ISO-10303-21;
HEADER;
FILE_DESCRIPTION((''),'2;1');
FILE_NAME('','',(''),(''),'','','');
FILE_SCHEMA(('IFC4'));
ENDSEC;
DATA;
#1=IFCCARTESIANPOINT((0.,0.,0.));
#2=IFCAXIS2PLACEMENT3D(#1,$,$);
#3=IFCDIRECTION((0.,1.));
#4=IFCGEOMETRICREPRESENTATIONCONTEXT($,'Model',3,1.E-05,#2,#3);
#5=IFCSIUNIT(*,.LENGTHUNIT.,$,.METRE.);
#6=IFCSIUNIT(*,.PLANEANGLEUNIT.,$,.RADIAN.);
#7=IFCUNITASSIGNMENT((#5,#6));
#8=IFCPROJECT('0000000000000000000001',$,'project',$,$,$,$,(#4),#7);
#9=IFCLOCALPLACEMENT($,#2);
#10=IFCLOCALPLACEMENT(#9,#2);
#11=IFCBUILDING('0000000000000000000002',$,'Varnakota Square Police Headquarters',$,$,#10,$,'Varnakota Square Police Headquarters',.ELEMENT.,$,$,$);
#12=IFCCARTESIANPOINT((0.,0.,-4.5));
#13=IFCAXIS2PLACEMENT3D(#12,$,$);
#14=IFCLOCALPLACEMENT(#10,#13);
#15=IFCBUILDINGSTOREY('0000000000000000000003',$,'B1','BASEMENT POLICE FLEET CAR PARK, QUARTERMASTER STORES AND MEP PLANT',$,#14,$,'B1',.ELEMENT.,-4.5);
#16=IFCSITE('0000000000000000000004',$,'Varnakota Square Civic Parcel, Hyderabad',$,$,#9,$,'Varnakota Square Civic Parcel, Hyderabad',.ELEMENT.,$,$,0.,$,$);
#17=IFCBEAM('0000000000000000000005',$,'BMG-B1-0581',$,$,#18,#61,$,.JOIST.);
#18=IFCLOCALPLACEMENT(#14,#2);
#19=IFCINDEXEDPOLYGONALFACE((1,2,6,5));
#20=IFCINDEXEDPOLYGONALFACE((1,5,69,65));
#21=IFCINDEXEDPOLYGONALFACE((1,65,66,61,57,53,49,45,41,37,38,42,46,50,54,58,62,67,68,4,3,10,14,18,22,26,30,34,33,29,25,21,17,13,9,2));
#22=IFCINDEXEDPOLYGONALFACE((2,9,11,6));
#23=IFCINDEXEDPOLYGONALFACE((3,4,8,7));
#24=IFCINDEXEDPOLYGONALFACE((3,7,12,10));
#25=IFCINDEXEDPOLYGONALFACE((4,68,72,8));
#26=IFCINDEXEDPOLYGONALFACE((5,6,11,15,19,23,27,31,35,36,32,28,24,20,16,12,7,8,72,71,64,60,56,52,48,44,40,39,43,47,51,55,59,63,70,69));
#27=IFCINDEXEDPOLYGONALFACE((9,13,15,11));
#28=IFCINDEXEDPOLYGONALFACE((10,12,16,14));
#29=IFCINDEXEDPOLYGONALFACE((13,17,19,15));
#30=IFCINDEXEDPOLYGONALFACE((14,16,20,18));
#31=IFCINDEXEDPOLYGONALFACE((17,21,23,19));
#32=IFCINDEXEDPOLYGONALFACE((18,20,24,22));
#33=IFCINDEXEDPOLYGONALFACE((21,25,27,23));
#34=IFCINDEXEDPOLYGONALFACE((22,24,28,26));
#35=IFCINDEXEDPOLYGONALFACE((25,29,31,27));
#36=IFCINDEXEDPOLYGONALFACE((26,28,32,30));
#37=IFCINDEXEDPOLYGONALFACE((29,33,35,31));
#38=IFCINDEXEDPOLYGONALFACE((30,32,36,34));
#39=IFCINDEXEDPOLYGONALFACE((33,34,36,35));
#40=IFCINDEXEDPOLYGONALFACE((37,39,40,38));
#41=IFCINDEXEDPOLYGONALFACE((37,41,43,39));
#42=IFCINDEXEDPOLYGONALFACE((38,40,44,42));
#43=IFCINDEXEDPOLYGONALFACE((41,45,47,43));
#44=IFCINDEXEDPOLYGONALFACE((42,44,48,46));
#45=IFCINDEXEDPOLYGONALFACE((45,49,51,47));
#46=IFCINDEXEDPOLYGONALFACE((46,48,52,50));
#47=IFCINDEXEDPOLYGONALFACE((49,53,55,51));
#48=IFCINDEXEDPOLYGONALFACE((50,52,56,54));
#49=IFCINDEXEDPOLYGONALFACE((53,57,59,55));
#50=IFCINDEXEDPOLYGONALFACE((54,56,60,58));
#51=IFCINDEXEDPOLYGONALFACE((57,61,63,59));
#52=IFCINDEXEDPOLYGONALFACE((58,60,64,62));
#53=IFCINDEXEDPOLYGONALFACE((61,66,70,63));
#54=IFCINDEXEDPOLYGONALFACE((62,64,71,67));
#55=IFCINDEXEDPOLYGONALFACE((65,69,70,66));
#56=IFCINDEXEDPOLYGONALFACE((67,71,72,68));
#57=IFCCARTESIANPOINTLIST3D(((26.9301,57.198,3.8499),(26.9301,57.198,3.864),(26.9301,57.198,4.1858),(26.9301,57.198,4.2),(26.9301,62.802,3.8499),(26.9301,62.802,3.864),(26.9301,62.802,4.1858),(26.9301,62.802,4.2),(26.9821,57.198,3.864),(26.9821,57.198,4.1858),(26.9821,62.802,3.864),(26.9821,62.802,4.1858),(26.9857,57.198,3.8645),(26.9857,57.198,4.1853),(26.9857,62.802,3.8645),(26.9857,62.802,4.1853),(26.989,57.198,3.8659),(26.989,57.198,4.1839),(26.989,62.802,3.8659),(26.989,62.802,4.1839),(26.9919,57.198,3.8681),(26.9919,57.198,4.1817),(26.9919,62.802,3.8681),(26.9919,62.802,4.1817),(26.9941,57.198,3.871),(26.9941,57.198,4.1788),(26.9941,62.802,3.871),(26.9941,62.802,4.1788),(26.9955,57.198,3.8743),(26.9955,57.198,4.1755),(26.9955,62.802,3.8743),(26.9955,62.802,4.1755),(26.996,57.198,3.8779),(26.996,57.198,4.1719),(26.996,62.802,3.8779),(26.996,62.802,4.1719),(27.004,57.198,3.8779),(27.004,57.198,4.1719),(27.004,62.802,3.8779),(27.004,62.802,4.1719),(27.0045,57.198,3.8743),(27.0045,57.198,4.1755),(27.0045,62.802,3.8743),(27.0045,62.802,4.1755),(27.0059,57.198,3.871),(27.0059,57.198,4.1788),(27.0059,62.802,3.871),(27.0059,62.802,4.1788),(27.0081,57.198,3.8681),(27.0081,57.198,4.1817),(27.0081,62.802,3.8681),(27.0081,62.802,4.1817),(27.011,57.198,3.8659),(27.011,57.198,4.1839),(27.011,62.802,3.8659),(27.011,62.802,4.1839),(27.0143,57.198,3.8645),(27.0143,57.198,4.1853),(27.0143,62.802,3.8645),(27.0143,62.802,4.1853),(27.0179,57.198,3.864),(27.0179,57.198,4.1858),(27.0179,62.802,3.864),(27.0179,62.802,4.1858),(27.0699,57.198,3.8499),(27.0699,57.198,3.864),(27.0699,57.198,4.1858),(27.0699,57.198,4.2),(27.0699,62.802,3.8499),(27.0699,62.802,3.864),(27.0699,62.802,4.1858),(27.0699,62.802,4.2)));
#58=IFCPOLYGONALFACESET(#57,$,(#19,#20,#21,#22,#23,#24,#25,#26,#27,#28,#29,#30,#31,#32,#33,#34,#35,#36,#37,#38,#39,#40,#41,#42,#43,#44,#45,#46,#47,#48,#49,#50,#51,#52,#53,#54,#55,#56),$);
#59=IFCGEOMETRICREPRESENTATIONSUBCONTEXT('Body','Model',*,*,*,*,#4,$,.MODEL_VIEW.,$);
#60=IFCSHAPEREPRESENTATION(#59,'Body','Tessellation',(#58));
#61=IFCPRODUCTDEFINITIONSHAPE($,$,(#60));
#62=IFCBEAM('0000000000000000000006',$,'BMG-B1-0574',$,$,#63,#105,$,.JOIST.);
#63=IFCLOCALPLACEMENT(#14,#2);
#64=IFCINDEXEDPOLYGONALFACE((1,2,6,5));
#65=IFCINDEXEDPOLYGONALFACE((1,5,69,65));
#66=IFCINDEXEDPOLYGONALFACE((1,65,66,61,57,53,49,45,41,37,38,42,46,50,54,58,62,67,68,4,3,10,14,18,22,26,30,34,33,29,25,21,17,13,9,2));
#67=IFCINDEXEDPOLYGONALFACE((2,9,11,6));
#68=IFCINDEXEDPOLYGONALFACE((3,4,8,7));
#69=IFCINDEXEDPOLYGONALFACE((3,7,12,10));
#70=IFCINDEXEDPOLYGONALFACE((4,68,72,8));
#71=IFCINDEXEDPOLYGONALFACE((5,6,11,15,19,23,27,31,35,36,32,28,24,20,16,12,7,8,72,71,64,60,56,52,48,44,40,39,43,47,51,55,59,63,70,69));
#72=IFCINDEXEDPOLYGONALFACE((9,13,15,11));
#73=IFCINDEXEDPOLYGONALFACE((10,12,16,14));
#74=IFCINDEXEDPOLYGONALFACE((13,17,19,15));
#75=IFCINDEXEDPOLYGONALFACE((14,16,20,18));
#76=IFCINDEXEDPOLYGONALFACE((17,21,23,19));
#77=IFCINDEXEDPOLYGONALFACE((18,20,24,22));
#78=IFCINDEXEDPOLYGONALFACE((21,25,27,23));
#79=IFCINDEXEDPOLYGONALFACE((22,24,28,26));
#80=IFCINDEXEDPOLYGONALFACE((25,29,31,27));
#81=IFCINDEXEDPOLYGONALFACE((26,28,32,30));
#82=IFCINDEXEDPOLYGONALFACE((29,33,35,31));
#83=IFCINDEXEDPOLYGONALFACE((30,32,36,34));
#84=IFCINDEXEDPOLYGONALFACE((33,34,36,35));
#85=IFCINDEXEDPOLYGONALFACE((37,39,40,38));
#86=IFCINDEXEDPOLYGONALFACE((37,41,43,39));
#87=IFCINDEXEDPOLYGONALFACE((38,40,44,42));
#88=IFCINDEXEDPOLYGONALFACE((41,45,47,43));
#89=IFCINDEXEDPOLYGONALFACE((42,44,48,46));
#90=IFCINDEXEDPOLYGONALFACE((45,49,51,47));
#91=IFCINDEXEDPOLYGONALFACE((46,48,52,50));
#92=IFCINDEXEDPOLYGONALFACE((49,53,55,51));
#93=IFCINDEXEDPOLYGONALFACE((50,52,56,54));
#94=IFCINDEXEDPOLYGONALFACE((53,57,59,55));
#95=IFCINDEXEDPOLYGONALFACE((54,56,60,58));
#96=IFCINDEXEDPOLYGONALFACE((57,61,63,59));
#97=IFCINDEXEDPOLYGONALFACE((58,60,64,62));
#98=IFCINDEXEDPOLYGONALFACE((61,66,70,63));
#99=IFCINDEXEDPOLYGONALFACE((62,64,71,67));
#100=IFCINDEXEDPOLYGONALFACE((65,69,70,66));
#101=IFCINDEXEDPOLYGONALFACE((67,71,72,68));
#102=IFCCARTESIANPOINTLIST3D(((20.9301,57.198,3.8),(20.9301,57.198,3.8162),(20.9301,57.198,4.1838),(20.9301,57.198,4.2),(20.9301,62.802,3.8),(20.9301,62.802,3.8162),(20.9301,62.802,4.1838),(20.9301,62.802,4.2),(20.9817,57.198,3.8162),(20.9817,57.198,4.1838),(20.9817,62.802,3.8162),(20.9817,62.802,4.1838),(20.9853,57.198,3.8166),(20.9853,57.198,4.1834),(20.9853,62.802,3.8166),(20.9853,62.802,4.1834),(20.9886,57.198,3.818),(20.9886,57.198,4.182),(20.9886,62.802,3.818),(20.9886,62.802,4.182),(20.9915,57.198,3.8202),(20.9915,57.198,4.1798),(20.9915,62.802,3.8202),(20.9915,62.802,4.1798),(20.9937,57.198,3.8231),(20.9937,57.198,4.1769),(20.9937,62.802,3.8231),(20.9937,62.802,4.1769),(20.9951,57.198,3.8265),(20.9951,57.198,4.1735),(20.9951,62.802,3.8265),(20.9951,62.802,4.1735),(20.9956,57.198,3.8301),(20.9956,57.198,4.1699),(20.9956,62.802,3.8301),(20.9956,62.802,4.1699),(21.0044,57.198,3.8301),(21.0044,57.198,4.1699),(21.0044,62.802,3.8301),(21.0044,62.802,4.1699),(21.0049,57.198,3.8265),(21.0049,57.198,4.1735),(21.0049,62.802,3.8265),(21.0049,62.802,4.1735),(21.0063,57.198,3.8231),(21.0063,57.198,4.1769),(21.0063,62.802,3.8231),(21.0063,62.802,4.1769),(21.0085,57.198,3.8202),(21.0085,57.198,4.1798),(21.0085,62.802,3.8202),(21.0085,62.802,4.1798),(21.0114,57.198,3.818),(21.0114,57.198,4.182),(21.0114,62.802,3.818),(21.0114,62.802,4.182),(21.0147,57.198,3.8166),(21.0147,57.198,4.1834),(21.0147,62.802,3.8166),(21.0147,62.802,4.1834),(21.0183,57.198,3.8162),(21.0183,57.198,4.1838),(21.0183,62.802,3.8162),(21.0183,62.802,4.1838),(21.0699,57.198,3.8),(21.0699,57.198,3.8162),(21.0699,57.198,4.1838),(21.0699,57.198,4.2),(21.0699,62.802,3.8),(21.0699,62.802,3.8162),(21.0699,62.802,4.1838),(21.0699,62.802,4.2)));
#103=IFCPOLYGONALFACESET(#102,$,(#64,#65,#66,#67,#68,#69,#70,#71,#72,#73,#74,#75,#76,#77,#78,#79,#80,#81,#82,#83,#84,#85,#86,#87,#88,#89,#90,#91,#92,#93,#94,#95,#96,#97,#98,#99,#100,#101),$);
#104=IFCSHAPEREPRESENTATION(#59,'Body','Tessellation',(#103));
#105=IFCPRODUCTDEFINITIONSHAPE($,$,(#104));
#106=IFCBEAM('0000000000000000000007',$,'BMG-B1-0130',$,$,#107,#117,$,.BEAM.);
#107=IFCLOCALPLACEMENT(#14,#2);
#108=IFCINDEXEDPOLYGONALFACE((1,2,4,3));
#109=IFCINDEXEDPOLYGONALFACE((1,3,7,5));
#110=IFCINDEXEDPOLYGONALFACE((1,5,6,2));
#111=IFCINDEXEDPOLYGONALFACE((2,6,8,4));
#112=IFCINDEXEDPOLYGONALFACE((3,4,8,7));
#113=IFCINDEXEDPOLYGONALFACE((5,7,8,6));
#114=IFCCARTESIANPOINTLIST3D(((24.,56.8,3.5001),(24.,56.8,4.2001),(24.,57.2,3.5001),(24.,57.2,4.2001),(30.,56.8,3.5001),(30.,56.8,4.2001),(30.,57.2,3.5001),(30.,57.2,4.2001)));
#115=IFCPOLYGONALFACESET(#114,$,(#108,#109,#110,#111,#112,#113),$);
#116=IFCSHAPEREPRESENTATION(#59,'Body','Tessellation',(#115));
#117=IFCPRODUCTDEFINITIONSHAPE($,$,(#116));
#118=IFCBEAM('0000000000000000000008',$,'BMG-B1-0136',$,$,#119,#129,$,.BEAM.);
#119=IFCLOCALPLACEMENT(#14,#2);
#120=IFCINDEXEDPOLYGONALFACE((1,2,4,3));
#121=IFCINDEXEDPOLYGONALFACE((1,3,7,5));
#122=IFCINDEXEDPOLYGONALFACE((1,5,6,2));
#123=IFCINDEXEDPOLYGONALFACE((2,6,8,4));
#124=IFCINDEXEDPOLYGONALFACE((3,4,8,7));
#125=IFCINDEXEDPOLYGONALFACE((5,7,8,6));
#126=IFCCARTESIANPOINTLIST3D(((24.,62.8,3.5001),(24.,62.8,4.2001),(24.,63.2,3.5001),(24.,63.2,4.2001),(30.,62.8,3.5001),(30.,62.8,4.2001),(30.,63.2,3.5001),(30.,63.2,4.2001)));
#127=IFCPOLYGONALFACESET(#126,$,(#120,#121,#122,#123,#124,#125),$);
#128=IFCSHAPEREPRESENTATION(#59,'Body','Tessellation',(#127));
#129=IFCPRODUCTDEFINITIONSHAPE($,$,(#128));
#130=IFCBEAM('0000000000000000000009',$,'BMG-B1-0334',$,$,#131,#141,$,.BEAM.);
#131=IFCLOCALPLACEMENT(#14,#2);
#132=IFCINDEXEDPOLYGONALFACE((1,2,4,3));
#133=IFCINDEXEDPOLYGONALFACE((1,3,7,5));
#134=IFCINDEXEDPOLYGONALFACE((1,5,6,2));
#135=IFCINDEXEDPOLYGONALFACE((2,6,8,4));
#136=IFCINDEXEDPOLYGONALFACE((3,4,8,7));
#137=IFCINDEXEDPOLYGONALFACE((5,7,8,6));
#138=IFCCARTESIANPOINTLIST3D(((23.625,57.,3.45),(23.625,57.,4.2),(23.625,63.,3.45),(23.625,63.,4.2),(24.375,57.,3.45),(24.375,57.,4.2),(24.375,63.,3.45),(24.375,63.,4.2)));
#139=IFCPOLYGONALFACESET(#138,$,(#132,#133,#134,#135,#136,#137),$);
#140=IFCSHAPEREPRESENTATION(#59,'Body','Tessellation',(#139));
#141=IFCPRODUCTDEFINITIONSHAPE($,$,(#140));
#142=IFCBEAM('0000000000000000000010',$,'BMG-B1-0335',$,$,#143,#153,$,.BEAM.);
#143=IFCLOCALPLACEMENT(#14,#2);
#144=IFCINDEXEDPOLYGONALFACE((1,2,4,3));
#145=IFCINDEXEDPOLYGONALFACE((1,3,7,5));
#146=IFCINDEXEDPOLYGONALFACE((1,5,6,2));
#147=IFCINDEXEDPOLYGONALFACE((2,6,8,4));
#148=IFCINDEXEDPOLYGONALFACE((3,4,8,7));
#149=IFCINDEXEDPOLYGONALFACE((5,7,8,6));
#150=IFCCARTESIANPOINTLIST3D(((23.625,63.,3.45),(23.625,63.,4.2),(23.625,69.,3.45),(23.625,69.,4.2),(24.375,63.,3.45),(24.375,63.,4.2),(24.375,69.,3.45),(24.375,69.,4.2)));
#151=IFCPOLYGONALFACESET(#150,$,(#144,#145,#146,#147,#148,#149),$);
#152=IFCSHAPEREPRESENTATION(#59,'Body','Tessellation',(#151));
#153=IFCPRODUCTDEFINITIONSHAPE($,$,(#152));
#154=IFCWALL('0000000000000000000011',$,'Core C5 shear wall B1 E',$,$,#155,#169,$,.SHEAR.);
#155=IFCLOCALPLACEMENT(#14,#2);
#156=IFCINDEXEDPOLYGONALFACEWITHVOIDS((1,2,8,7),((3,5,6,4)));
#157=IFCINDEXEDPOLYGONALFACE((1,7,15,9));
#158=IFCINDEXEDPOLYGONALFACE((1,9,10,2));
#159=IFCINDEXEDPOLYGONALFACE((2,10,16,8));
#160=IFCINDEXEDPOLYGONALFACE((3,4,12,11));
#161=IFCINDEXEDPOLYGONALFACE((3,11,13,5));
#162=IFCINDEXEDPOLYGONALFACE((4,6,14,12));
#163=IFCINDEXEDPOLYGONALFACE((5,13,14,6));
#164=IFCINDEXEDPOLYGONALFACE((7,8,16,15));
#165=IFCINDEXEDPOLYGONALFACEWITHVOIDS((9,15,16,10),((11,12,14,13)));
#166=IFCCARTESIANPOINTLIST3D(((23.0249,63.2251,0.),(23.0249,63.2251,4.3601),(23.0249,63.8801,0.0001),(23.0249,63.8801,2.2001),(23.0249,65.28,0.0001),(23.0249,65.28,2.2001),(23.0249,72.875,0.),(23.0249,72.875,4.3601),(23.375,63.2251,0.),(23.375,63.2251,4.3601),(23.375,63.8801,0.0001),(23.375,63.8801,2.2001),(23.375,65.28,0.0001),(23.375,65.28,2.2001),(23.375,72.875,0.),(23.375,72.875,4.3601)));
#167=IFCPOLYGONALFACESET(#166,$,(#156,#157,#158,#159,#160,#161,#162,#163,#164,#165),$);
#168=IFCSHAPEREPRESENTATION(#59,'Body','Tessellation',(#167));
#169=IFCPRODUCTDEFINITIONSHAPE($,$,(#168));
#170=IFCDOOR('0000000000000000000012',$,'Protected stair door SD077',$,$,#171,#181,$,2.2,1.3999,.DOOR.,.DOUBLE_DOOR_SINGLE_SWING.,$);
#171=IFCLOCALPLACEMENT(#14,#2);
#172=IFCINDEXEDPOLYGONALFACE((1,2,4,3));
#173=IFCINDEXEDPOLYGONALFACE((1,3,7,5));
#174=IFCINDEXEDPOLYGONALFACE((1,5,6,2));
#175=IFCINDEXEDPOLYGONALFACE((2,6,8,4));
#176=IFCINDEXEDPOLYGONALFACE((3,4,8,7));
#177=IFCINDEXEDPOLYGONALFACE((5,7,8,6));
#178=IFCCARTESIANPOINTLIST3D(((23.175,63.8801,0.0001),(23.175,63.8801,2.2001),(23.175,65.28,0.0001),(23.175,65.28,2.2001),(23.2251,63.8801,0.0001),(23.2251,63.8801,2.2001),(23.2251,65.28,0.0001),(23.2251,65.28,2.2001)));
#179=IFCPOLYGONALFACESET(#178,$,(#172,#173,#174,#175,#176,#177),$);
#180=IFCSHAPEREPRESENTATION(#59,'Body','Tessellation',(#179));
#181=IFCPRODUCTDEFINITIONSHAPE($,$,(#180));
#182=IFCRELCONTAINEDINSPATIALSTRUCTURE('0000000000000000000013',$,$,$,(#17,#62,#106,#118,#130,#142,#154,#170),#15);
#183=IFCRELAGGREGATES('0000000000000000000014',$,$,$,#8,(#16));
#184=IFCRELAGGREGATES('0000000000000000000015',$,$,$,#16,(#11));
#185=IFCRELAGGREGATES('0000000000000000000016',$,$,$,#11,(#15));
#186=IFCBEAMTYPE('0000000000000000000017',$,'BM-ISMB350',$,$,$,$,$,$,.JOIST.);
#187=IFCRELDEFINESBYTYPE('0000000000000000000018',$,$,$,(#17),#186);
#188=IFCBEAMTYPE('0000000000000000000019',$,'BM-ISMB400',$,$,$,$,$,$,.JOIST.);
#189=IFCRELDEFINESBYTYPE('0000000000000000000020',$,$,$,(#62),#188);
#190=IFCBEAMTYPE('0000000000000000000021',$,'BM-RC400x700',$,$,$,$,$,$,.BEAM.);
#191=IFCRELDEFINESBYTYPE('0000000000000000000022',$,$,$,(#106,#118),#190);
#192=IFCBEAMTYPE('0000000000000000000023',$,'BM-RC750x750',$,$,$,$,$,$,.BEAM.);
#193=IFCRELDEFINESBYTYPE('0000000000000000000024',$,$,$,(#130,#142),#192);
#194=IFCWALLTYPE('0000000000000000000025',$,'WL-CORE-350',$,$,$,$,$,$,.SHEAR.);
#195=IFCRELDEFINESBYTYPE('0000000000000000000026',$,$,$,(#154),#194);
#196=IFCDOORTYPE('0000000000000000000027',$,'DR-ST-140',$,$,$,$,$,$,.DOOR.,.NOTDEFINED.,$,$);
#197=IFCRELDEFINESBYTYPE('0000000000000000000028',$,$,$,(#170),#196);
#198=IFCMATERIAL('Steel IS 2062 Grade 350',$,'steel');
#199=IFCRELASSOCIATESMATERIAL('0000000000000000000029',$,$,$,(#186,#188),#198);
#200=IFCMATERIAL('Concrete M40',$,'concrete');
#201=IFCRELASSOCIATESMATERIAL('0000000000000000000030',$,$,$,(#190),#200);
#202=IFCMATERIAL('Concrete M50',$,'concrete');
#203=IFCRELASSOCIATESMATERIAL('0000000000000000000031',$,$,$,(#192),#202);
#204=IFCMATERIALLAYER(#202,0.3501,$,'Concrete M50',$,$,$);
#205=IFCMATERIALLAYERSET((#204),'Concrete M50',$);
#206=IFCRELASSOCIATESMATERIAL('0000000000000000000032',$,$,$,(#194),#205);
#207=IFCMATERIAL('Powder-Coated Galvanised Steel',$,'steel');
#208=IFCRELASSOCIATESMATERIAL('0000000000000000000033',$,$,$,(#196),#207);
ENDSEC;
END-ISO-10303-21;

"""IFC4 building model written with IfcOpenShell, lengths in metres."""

from ifc_helpers import new_model, si_unit, direction, frame, frame_2d, origin, origin_2d, place, context, subcontext, project, spatial, rectangle, i_section, extrude, material, layer, layer_set, material_profile, profile_set, type_object, element, fill, save


model = new_model("IFC4")

# Units and contexts
model_context = context("Model", 3, precision=1e-05, world=origin(), true_north=direction((0.0, 1.0)))
body_context = subcontext(model_context, "Body", "Model", "MODEL_VIEW")
ifc_project = project(units=[si_unit("LENGTHUNIT", "METRE"), si_unit("PLANEANGLEUNIT", "RADIAN")], contexts=[model_context])

# Site, building, storey
site_placement = place(None, origin())
site = spatial("IfcSite", under=ifc_project, at=site_placement, Name="Varnakota Square Civic Parcel, Hyderabad", LongName="Varnakota Square Civic Parcel, Hyderabad", CompositionType="ELEMENT", RefElevation=0.0)
building_placement = place(site_placement, origin())
building = spatial("IfcBuilding", under=site, at=building_placement, Name="Varnakota Square Police Headquarters", LongName="Varnakota Square Police Headquarters", CompositionType="ELEMENT")
storey_placement = place(building_placement, frame((0.0, 0.0, -4.5)))
storey = spatial("IfcBuildingStorey", under=building, at=storey_placement, Name="B1", Description="BASEMENT POLICE FLEET CAR PARK, QUARTERMASTER STORES AND MEP PLANT", LongName="B1", CompositionType="ELEMENT", Elevation=-4.5)

# Shared definitions
ifc_material_1 = material(Name="Concrete M40", Category="concrete")
ifc_material_2 = material(Name="Concrete M50", Category="concrete")

# Beams
ifc_material_3 = material(Name="Steel IS 2062 Grade 350", Category="steel")
ifc_material_profile_1 = material_profile(ifc_material_3, i_section(OverallWidth=0.1399, OverallDepth=0.3501, WebThickness=0.0081, FlangeThickness=0.0142, FilletRadius=0.0139, at=origin_2d()), Name="ISMB 350")
ifc_profile_set_1 = profile_set([ifc_material_profile_1], Name="Steel IS 2062 Grade 350")
beam_type_1 = type_object("IfcBeamType", Name="BM-ISMB350", PredefinedType="JOIST", material=ifc_profile_set_1)
beam_1_placement = place(storey_placement, frame((27.0, 57.198, 4.0249), z_axis=(0.0, 1.0, 0.0), x_axis=(-1.0, 0.0, 0.0)))
element("IfcBeam", 1, at=beam_1_placement, inside=storey, type_object=beam_type_1, Name="BMG-B1-0581", PredefinedType="JOIST", context=body_context, shape_type="SweptSolid", body=[
    extrude(i_section(OverallWidth=0.1399, OverallDepth=0.3501, WebThickness=0.0081, FlangeThickness=0.0142, FilletRadius=0.0139, at=origin_2d()), origin(), (0.0, 0.0, 1.0), 5.604),
])
ifc_material_profile_2 = material_profile(ifc_material_3, i_section(OverallWidth=0.1399, OverallDepth=0.3999, WebThickness=0.0088, FlangeThickness=0.0161, FilletRadius=0.0139, at=origin_2d()), Name="ISMB 400")
ifc_profile_set_2 = profile_set([ifc_material_profile_2], Name="Steel IS 2062 Grade 350")
beam_type_2 = type_object("IfcBeamType", Name="BM-ISMB400", PredefinedType="JOIST", material=ifc_profile_set_2)
beam_2_placement = place(storey_placement, frame((21.0, 57.198, 4.0), z_axis=(0.0, 1.0, 0.0), x_axis=(-1.0, 0.0, 0.0)))
element("IfcBeam", 2, at=beam_2_placement, inside=storey, type_object=beam_type_2, Name="BMG-B1-0574", PredefinedType="JOIST", context=body_context, shape_type="SweptSolid", body=[
    extrude(i_section(OverallWidth=0.1399, OverallDepth=0.3999, WebThickness=0.0088, FlangeThickness=0.0161, FilletRadius=0.0139, at=origin_2d()), origin(), (0.0, 0.0, 1.0), 5.604),
])
ifc_material_profile_3 = material_profile(ifc_material_1, rectangle(XDim=0.3999, YDim=0.7, at=origin_2d()), Name="RC 400x700")
ifc_profile_set_3 = profile_set([ifc_material_profile_3], Name="Concrete M40")
beam_type_3 = type_object("IfcBeamType", Name="BM-RC400x700", PredefinedType="BEAM", material=ifc_profile_set_3)
for number, where, z_axis, x_axis, name in (
    (3, (24.0, 57.0, 3.8501), (1.0, 0.0, 0.0), (0.0, 1.0, 0.0), "BMG-B1-0130"),
    (4, (24.0, 63.0, 3.8501), (1.0, 0.0, 0.0), (0.0, 1.0, 0.0), "BMG-B1-0136"),
):
    element("IfcBeam", number, at=place(storey_placement, frame(where, z_axis=z_axis, x_axis=x_axis)), inside=storey, type_object=beam_type_3, Name=name, PredefinedType="BEAM", context=body_context, shape_type="SweptSolid", body=[
        extrude(rectangle(XDim=0.3999, YDim=0.7, at=origin_2d()), origin(), (0.0, 0.0, 1.0), 6.0),
    ])
ifc_material_profile_4 = material_profile(ifc_material_2, rectangle(XDim=0.75, YDim=0.75, at=origin_2d()), Name="RC 750x750")
ifc_profile_set_4 = profile_set([ifc_material_profile_4], Name="Concrete M50")
beam_type_4 = type_object("IfcBeamType", Name="BM-RC750x750", PredefinedType="BEAM", material=ifc_profile_set_4)
for number, where, z_axis, x_axis, name in (
    (5, (24.0, 57.0, 3.825), (0.0, 1.0, 0.0), (-1.0, 0.0, 0.0), "BMG-B1-0334"),
    (6, (24.0, 63.0, 3.825), (0.0, 1.0, 0.0), (-1.0, 0.0, 0.0), "BMG-B1-0335"),
):
    element("IfcBeam", number, at=place(storey_placement, frame(where, z_axis=z_axis, x_axis=x_axis)), inside=storey, type_object=beam_type_4, Name=name, PredefinedType="BEAM", context=body_context, shape_type="SweptSolid", body=[
        extrude(rectangle(XDim=0.75, YDim=0.75, at=origin_2d()), origin(), (0.0, 0.0, 1.0), 6.0),
    ])

# Wall, opening, door
ifc_layer_1 = layer(ifc_material_2, 0.3501, Name="Concrete M50")
ifc_layer_set_1 = layer_set([ifc_layer_1], Name="Concrete M50")
wall_type_1 = type_object("IfcWallType", Name="WL-CORE-350", PredefinedType="SHEAR", material=ifc_layer_set_1)
wall_1_placement = place(storey_placement, frame((23.2, 63.2251, 0.0), z_axis=(0.0, 0.0, 1.0), x_axis=(0.0, 1.0, 0.0)))
wall_1 = element("IfcWall", 7, at=wall_1_placement, inside=storey, type_object=wall_type_1, Name="Core C5 shear wall B1 E", PredefinedType="SHEAR", context=body_context, shape_type="SweptSolid", body=[
    extrude(rectangle(XDim=9.6499, YDim=0.3501, at=frame_2d((4.825, 0.0))), origin(), (0.0, 0.0, 1.0), 4.3601),
])
opening_1_placement = place(wall_1_placement, frame((0.655, 0.0, 0.0)))
opening_1 = element("IfcOpeningElement", 8, at=opening_1_placement, cuts=wall_1, PredefinedType="OPENING", context=body_context, shape_type="SweptSolid", body=[
    extrude(rectangle(XDim=1.3999, YDim=2.2, at=frame_2d((0.7, 1.1001))), frame((0.0, 0.1851, 0.0), z_axis=(0.0, -1.0, 0.0), x_axis=(1.0, 0.0, 0.0)), (0.0, 0.0, 1.0), 0.3701),
])
ifc_material_4 = material(Name="Powder-Coated Galvanised Steel", Category="steel")
door_type_1 = type_object("IfcDoorType", Name="DR-ST-140", OperationType="NOTDEFINED", PredefinedType="DOOR", material=ifc_material_4)
door_1_placement = place(opening_1_placement, origin())
door_1 = element("IfcDoor", 9, at=door_1_placement, inside=storey, type_object=door_type_1, Name="Protected stair door SD077", OperationType="DOUBLE_DOOR_SINGLE_SWING", OverallHeight=2.2, OverallWidth=1.3999, PredefinedType="DOOR", context=body_context, shape_type="SweptSolid", body=[
    extrude(rectangle(XDim=1.3999, YDim=2.2, at=frame_2d((0.7, 1.1001))), frame((0.0, 0.0249, 0.0), z_axis=(0.0, -1.0, 0.0), x_axis=(1.0, 0.0, 0.0)), (0.0, 0.0, 1.0), 0.05),
])
fill(opening_1, door_1)

save(model, "model.ifc")
